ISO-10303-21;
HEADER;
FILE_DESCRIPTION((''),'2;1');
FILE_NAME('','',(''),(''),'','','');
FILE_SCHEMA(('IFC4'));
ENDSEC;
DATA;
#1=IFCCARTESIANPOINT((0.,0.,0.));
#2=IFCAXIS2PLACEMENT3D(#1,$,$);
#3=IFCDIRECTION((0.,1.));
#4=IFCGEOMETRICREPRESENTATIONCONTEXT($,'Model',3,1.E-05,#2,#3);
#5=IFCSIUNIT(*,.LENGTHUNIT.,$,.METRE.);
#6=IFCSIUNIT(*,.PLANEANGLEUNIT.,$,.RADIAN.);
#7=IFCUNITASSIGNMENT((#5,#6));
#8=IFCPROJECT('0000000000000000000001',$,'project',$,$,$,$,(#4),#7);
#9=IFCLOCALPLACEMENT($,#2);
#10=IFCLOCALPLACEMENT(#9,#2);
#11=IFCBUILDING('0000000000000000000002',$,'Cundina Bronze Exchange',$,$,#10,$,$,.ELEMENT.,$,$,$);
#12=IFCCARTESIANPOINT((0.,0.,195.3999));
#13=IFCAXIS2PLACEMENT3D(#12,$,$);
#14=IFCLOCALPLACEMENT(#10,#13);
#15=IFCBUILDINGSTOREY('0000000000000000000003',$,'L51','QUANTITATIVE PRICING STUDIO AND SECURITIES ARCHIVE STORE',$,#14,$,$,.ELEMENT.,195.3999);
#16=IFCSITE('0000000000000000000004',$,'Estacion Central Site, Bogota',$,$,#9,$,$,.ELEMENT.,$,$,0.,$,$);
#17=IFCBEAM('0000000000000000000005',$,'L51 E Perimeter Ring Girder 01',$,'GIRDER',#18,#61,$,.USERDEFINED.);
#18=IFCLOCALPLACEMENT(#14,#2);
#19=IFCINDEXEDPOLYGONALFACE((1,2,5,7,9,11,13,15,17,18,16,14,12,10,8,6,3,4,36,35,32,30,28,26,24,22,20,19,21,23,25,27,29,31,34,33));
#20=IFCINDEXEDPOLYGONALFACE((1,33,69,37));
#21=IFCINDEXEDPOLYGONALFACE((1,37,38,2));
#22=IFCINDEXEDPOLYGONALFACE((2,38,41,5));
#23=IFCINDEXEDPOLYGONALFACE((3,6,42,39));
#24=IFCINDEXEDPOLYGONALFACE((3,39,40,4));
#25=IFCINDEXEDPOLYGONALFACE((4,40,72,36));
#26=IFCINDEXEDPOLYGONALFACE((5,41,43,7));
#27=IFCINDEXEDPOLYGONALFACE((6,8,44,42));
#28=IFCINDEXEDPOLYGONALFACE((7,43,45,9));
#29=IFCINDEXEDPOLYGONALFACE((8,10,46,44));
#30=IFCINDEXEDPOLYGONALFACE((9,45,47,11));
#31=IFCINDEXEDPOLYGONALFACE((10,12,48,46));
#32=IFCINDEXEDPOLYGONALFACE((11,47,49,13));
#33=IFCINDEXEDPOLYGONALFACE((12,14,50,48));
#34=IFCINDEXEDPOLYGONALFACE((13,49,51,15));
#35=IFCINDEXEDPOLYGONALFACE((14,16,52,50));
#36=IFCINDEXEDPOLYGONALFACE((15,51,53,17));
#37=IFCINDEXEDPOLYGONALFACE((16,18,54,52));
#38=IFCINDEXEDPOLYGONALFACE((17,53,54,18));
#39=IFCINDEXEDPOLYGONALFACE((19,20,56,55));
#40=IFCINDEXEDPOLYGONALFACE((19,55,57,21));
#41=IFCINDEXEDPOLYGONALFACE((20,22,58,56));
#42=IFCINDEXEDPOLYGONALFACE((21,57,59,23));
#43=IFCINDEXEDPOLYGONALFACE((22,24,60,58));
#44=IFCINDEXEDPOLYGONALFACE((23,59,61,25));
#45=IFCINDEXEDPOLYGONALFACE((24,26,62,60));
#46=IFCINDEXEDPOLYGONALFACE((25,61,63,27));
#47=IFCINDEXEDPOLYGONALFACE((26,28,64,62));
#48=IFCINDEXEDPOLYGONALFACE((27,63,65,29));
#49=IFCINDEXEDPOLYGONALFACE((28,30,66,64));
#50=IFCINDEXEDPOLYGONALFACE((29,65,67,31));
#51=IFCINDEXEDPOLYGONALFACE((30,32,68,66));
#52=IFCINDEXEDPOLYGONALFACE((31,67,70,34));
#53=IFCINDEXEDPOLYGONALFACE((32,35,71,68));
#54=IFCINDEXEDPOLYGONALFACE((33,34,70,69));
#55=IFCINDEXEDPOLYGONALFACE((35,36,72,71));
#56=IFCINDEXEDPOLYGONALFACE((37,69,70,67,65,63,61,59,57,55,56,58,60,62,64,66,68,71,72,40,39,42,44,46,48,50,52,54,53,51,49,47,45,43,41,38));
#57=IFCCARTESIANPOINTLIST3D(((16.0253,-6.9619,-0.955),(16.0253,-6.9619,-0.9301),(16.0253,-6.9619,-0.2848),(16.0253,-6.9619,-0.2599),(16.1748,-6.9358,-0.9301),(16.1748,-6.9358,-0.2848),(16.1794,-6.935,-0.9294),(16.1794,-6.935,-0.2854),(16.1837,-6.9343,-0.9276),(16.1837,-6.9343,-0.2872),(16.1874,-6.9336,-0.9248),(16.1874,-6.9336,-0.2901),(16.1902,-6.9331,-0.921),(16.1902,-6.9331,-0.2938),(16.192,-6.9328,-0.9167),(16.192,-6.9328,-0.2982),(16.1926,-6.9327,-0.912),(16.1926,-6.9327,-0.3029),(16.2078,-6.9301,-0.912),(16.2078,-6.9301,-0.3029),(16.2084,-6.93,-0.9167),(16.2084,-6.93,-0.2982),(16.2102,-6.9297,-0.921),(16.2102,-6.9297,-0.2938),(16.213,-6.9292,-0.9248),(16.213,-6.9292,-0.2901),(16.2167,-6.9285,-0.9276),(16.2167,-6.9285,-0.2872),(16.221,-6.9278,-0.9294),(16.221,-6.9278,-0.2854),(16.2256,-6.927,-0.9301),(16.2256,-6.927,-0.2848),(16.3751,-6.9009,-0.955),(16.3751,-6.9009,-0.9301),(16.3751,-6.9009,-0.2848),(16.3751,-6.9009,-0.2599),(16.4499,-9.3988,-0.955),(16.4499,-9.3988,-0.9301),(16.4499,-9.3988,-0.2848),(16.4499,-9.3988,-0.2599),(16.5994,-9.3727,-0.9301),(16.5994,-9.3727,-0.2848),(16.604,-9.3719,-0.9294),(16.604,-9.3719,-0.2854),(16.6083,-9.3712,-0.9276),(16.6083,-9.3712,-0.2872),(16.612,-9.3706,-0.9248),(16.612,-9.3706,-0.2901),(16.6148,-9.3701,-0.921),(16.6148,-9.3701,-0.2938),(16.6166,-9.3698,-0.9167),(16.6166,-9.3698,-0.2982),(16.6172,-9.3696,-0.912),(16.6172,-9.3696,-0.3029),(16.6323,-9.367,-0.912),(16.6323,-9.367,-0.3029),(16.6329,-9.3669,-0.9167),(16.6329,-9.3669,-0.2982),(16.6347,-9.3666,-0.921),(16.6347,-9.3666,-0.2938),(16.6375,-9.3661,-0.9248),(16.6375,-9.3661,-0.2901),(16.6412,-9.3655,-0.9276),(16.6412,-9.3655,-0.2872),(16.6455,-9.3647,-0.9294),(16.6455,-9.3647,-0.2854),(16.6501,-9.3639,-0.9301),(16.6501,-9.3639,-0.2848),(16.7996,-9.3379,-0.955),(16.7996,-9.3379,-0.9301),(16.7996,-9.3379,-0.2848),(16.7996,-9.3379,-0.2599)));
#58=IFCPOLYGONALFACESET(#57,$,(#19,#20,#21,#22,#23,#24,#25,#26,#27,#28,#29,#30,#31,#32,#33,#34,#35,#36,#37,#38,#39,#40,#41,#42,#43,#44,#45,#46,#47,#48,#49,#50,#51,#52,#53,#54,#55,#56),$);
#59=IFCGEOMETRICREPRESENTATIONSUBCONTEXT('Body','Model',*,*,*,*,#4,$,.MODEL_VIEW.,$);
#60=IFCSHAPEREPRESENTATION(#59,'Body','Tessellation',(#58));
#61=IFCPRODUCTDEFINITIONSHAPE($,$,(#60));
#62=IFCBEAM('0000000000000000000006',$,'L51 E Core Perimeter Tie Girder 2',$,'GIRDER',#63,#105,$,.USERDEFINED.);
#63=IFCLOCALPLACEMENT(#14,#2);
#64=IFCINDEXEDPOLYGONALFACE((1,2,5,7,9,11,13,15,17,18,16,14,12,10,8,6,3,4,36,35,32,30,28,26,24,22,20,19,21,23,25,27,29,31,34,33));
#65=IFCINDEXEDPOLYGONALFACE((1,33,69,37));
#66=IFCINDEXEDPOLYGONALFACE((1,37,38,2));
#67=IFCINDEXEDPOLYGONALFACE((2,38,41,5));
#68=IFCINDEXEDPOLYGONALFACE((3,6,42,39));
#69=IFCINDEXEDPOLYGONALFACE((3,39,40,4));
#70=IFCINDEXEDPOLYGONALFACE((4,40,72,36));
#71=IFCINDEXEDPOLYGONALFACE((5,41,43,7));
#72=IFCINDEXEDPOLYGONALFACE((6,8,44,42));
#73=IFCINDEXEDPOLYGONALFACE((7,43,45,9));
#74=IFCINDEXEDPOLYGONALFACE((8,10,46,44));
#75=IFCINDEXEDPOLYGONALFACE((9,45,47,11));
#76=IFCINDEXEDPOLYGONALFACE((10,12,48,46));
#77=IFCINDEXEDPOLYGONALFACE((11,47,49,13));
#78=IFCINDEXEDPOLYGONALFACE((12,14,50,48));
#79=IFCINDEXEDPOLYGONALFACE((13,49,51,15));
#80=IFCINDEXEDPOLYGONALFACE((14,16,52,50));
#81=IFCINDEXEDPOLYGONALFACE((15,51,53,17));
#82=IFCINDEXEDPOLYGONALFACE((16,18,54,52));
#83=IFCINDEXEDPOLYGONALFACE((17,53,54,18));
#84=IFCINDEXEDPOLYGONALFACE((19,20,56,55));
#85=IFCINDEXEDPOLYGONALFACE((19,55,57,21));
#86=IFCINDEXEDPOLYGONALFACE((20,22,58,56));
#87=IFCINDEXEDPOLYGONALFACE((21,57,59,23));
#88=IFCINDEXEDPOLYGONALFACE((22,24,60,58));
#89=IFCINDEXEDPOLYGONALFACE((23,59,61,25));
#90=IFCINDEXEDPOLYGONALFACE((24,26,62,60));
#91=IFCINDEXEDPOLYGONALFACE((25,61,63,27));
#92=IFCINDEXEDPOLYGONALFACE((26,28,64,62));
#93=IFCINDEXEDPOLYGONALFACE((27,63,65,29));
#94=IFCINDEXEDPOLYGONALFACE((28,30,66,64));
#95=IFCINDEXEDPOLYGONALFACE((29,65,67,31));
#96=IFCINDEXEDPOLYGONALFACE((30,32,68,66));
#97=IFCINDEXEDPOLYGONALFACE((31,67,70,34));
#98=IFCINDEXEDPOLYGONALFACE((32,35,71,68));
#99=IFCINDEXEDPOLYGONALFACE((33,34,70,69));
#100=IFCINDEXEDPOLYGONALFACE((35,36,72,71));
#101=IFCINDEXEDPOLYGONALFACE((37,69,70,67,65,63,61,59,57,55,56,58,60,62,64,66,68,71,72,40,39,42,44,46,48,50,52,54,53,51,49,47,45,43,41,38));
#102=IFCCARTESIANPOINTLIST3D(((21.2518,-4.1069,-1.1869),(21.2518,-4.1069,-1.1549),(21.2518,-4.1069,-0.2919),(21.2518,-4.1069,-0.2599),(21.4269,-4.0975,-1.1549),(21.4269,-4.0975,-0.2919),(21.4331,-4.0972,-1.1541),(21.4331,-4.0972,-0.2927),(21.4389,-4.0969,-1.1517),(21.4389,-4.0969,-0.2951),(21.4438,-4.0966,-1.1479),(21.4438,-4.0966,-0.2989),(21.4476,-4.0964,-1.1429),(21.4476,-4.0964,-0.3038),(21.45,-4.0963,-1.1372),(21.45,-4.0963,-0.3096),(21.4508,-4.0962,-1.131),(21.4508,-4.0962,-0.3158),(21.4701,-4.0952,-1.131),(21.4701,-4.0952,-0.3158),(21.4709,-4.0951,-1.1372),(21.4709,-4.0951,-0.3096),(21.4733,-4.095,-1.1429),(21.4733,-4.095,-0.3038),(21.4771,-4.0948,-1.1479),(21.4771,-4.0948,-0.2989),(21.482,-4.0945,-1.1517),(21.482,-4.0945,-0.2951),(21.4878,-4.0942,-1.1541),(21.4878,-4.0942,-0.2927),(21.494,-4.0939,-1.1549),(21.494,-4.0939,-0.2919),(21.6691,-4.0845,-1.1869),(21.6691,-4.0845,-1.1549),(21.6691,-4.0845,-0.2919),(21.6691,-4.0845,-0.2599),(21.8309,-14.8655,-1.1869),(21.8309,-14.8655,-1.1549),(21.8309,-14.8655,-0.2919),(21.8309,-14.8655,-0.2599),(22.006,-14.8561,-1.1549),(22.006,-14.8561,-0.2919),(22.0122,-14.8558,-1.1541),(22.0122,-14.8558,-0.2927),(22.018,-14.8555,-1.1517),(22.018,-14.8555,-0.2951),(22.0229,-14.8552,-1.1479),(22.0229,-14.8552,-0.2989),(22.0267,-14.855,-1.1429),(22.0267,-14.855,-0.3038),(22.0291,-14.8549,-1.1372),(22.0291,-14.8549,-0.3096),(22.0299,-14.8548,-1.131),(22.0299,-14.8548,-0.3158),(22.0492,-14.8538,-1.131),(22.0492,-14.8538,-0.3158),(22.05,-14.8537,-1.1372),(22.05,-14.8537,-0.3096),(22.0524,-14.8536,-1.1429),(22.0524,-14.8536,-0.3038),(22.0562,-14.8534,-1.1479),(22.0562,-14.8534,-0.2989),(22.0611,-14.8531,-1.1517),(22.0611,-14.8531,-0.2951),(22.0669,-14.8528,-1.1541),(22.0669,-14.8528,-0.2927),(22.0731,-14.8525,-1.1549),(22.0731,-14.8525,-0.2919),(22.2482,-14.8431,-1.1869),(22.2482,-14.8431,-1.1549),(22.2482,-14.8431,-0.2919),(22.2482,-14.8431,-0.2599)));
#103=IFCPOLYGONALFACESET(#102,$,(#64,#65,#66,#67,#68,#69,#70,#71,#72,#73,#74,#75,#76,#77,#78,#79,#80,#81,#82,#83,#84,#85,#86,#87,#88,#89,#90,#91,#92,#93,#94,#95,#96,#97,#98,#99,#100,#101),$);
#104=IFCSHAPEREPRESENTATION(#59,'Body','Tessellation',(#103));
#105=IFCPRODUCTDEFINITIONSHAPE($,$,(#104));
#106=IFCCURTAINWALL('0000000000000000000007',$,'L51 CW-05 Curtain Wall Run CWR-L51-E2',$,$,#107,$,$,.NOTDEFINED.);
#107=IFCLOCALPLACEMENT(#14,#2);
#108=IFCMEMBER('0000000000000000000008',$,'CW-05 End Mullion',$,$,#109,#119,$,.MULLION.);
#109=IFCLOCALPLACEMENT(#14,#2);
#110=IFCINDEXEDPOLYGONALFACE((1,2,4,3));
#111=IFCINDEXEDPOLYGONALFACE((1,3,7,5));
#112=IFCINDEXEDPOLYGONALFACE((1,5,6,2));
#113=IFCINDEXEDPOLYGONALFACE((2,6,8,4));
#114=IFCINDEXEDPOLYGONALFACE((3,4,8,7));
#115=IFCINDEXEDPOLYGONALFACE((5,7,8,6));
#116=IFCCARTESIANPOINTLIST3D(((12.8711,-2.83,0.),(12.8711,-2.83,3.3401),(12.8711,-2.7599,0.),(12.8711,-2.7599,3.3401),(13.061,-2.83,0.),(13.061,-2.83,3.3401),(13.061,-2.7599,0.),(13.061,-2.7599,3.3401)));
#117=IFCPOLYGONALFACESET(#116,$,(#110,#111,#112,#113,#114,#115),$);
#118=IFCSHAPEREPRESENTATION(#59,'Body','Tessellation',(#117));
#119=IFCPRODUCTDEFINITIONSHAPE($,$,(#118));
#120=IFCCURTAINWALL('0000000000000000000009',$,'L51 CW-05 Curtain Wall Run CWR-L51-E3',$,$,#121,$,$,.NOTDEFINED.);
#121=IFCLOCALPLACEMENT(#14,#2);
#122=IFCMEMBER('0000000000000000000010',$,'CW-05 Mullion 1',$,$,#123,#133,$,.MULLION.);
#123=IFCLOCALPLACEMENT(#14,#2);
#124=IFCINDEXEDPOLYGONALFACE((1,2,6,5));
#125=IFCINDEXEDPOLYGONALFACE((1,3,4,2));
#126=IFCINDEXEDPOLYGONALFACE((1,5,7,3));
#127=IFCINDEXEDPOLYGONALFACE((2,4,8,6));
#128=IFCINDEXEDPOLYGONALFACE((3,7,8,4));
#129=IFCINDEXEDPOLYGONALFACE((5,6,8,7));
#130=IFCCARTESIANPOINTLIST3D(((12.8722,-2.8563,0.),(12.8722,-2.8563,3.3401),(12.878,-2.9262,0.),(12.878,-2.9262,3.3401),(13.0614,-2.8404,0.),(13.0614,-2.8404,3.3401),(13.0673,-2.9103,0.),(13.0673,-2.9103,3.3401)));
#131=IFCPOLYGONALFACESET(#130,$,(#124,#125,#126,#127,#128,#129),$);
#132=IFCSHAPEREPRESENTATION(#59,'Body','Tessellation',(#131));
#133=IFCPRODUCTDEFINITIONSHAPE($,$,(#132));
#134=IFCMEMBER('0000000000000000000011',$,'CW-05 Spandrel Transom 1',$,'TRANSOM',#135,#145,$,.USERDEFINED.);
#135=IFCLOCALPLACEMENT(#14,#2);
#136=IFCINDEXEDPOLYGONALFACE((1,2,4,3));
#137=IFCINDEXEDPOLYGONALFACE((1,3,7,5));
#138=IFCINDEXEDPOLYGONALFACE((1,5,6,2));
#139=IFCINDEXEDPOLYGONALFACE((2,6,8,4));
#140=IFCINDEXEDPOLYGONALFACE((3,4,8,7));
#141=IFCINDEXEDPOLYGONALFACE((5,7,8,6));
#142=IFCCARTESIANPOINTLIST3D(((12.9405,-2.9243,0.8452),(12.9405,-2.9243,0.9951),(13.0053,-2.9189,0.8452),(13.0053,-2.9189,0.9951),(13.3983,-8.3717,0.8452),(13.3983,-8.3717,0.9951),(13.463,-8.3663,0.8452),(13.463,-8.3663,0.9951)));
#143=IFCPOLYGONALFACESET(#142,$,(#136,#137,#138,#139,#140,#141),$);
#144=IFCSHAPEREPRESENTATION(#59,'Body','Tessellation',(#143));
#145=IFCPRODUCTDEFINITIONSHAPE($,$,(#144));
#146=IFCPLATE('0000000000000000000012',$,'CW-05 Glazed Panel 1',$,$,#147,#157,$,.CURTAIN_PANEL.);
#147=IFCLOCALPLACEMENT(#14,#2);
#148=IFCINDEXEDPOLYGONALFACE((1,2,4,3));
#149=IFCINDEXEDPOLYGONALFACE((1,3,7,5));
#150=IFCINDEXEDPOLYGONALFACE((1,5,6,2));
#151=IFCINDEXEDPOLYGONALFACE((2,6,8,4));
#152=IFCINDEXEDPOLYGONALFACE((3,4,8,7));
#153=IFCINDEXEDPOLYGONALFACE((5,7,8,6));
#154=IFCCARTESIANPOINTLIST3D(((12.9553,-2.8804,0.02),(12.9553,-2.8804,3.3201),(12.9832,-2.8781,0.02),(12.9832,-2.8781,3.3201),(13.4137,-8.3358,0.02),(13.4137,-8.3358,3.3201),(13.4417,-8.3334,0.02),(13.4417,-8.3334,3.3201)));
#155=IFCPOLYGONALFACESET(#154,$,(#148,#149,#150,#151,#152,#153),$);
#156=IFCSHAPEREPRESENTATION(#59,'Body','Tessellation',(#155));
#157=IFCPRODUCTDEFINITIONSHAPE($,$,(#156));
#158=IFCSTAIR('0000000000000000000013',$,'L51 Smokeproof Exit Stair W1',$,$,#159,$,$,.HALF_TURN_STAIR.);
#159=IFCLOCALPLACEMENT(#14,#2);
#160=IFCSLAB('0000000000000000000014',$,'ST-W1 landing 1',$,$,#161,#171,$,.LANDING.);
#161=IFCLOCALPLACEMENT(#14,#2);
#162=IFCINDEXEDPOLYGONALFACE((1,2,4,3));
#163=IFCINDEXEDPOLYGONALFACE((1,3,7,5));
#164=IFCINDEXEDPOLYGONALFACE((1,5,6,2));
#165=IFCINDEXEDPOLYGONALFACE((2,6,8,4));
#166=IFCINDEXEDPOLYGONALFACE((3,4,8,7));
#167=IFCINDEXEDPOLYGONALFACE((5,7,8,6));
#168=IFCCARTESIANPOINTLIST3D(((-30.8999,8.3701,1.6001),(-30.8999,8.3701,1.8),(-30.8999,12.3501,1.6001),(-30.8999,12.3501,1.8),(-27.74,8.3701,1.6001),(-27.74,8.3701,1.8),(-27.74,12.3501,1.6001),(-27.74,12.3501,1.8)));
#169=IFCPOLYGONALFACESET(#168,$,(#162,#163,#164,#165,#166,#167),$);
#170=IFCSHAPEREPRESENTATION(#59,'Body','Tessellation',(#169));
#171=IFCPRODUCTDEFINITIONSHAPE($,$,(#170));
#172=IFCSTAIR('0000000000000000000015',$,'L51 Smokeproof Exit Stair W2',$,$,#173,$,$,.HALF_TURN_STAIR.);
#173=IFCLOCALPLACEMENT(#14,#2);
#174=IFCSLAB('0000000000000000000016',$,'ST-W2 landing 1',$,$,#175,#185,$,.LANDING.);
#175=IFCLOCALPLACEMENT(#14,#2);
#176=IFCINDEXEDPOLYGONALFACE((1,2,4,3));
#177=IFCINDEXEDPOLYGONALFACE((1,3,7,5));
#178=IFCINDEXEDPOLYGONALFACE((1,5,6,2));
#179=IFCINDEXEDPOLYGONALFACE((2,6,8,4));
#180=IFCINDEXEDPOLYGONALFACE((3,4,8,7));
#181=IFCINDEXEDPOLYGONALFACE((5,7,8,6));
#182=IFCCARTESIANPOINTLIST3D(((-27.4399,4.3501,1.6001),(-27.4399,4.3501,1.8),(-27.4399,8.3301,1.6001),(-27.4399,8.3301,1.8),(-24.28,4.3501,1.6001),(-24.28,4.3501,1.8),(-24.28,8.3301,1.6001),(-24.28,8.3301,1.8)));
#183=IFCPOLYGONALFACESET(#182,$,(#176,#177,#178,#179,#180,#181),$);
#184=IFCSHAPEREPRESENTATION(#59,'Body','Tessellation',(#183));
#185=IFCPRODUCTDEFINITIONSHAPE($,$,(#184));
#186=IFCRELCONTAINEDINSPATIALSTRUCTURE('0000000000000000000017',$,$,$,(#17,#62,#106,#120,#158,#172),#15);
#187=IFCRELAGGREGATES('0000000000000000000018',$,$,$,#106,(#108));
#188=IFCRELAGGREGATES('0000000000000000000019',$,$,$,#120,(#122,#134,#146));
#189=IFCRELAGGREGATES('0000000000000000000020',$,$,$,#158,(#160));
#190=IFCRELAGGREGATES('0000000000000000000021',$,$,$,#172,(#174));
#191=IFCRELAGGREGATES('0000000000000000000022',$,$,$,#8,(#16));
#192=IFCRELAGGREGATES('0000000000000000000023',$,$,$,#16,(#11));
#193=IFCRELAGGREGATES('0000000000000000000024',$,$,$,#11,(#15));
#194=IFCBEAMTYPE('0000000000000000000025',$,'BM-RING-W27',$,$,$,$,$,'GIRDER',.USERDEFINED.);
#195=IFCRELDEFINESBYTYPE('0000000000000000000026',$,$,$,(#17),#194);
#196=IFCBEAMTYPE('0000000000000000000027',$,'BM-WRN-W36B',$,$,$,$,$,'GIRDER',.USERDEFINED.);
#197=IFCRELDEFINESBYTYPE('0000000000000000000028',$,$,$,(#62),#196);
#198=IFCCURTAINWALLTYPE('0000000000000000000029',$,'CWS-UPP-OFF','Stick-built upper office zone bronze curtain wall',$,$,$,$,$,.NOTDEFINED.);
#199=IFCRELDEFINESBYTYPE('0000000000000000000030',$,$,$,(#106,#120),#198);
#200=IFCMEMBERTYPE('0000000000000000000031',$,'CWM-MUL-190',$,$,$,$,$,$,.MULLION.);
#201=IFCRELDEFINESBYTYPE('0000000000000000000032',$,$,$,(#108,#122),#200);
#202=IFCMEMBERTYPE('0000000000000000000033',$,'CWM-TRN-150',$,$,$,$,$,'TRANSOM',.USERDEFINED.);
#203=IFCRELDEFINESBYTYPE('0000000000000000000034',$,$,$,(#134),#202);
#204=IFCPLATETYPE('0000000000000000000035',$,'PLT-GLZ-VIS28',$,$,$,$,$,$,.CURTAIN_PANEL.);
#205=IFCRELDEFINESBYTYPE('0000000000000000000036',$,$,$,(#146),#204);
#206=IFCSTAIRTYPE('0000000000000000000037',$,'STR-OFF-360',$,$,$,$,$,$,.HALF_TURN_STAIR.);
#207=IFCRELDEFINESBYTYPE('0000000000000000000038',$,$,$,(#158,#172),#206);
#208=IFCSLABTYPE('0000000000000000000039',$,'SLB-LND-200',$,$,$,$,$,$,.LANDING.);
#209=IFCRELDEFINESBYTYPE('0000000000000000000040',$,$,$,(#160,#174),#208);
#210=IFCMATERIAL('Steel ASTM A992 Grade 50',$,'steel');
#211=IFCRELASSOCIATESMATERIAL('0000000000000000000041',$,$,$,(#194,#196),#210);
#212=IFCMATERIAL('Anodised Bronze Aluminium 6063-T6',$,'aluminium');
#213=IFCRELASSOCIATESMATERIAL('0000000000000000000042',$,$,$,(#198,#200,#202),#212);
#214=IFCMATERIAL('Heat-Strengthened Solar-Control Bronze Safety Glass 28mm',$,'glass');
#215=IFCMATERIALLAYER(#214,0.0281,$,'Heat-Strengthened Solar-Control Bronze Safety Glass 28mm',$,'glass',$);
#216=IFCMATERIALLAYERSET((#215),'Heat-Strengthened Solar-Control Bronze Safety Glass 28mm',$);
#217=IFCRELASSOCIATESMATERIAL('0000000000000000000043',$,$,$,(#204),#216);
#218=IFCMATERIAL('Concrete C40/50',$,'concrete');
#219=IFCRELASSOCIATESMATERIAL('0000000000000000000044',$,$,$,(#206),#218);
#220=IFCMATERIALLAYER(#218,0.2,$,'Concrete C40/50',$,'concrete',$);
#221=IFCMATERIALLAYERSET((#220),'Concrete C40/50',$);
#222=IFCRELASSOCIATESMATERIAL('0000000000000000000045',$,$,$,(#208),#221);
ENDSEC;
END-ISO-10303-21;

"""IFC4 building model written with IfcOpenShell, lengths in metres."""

from ifc_helpers import new_model, si_unit, direction, frame, origin, origin_2d, place, context, subcontext, project, spatial, polyline, rectangle, i_section, outline, extrude, material, layer, layer_set, material_profile, profile_set, type_object, element, aggregate, save


model = new_model("IFC4")

# Units and contexts
model_context = context("Model", 3, precision=1e-05, world=origin(), true_north=direction((0.0, 1.0)))
body_context = subcontext(model_context, "Body", "Model", "MODEL_VIEW")
ifc_project = project(units=[si_unit("LENGTHUNIT", "METRE"), si_unit("PLANEANGLEUNIT", "RADIAN")], contexts=[model_context])

# Site, building, storey
site_placement = place(None, origin())
site = spatial("IfcSite", under=ifc_project, at=site_placement, Name="Estacion Central Site, Bogota", CompositionType="ELEMENT", RefElevation=0.0)
building_placement = place(site_placement, origin())
building = spatial("IfcBuilding", under=site, at=building_placement, Name="Cundina Bronze Exchange", CompositionType="ELEMENT")
storey_placement = place(building_placement, frame((0.0, 0.0, 195.3999)))
storey = spatial("IfcBuildingStorey", under=building, at=storey_placement, Name="L51", Description="QUANTITATIVE PRICING STUDIO AND SECURITIES ARCHIVE STORE", CompositionType="ELEMENT", Elevation=195.3999)

# Shared definitions
ifc_material_1 = material(Name="Steel ASTM A992 Grade 50", Category="steel")

# Beams
ifc_material_profile_1 = material_profile(ifc_material_1, i_section(OverallWidth=0.355, OverallDepth=0.6951, WebThickness=0.0154, FlangeThickness=0.0249, FilletRadius=0.0181, at=origin_2d()), Name="W27X146", Category="steel")
ifc_profile_set_1 = profile_set([ifc_material_profile_1], Name="Steel ASTM A992 Grade 50")
beam_type_1 = type_object("IfcBeamType", Name="BM-RING-W27", ElementType="GIRDER", PredefinedType="USERDEFINED", material=ifc_profile_set_1)
for number, where, z_axis, x_axis, name in (
    (1, (16.2002, -6.9314, -0.6074), (0.171629, -0.985162, 0.0), (0.985162, 0.171629, 0.0), "L51 E Perimeter Ring Girder 01"),
):
    element("IfcBeam", number, at=place(storey_placement, frame(where, z_axis=z_axis, x_axis=x_axis)), inside=storey, type_object=beam_type_1, Name=name, ObjectType="GIRDER", PredefinedType="USERDEFINED", context=body_context, shape_type="SweptSolid", body=[
        extrude(i_section(OverallWidth=0.355, OverallDepth=0.6951, WebThickness=0.0154, FlangeThickness=0.0249, FilletRadius=0.0181, at=origin_2d()), origin(), (0.0, 0.0, 1.0), 2.4736),
    ])
ifc_material_profile_2 = material_profile(ifc_material_1, i_section(OverallWidth=0.418, OverallDepth=0.927, WebThickness=0.0193, FlangeThickness=0.032, FilletRadius=0.0239, at=origin_2d()), Name="W36X231", Category="steel")
ifc_profile_set_2 = profile_set([ifc_material_profile_2], Name="Steel ASTM A992 Grade 50")
beam_type_2 = type_object("IfcBeamType", Name="BM-WRN-W36B", ElementType="GIRDER", PredefinedType="USERDEFINED", material=ifc_profile_set_2)
beam_1_placement = place(storey_placement, frame((21.4604, -4.0957, -0.7234), z_axis=(0.053749, -0.998554, 0.0), x_axis=(0.998554, 0.053749, 0.0)))
element("IfcBeam", 2, at=beam_1_placement, inside=storey, type_object=beam_type_2, Name="L51 E Core Perimeter Tie Girder 2", ObjectType="GIRDER", PredefinedType="USERDEFINED", context=body_context, shape_type="SweptSolid", body=[
    extrude(i_section(OverallWidth=0.418, OverallDepth=0.927, WebThickness=0.0193, FlangeThickness=0.032, FilletRadius=0.0239, at=origin_2d()), origin(), (0.0, 0.0, 1.0), 10.7742),
])

# Curtain wall, member
ifc_material_2 = material(Name="Anodised Bronze Aluminium 6063-T6", Category="aluminium")
curtain_wall_type = type_object("IfcCurtainWallType", Name="CWS-UPP-OFF", Description="Stick-built upper office zone bronze curtain wall", PredefinedType="NOTDEFINED", material=ifc_material_2)
curtain_wall_1_placement = place(storey_placement, origin())
curtain_wall_1 = element("IfcCurtainWall", 3, at=curtain_wall_1_placement, inside=storey, type_object=curtain_wall_type, Name="L51 CW-05 Curtain Wall Run CWR-L51-E2", PredefinedType="NOTDEFINED")
ifc_material_profile_3 = material_profile(ifc_material_2, rectangle(XDim=0.0701, YDim=0.1899, at=origin_2d()), Name="AL70X190", Category="aluminium")
ifc_profile_set_3 = profile_set([ifc_material_profile_3], Name="Anodised Bronze Aluminium 6063-T6")
member_type_1 = type_object("IfcMemberType", Name="CWM-MUL-190", PredefinedType="MULLION", material=ifc_profile_set_3)
member_1_placement = place(storey_placement, frame((12.9661, -2.7949, 0.0), z_axis=(0.0, 0.0, 1.0), x_axis=(0.0, -1.0, 0.0)))
member_1 = element("IfcMember", 4, at=member_1_placement, type_object=member_type_1, Name="CW-05 End Mullion", PredefinedType="MULLION", context=body_context, shape_type="SweptSolid", body=[
    extrude(rectangle(XDim=0.0701, YDim=0.1899, at=origin_2d()), origin(), (0.0, 0.0, 1.0), 3.3401),
])
aggregate(curtain_wall_1, [member_1])

# Curtain wall, members, plate
curtain_wall_2_placement = place(storey_placement, origin())
curtain_wall_2 = element("IfcCurtainWall", 5, at=curtain_wall_2_placement, inside=storey, type_object=curtain_wall_type, Name="L51 CW-05 Curtain Wall Run CWR-L51-E3", PredefinedType="NOTDEFINED")
member_2_placement = place(storey_placement, frame((12.9697, -2.8833, 0.0), z_axis=(0.0, 0.0, 1.0), x_axis=(0.083678, -0.996493, 0.0)))
member_2 = element("IfcMember", 6, at=member_2_placement, type_object=member_type_1, Name="CW-05 Mullion 1", PredefinedType="MULLION", context=body_context, shape_type="SweptSolid", body=[
    extrude(rectangle(XDim=0.0701, YDim=0.1899, at=origin_2d()), origin(), (0.0, 0.0, 1.0), 3.3401),
])
ifc_material_profile_4 = material_profile(ifc_material_2, rectangle(XDim=0.0649, YDim=0.1499, at=origin_2d()), Name="AL65X150", Category="aluminium")
ifc_profile_set_4 = profile_set([ifc_material_profile_4], Name="Anodised Bronze Aluminium 6063-T6")
member_type_2 = type_object("IfcMemberType", Name="CWM-TRN-150", ElementType="TRANSOM", PredefinedType="USERDEFINED", material=ifc_profile_set_4)
member_3_placement = place(storey_placement, frame((12.9729, -2.9216, 0.9202), z_axis=(0.08374, -0.996488, 0.0), x_axis=(0.996488, 0.08374, 0.0)))
member_3 = element("IfcMember", 7, at=member_3_placement, type_object=member_type_2, Name="CW-05 Spandrel Transom 1", ObjectType="TRANSOM", PredefinedType="USERDEFINED", context=body_context, shape_type="SweptSolid", body=[
    extrude(rectangle(XDim=0.0649, YDim=0.1499, at=origin_2d()), origin(), (0.0, 0.0, 1.0), 5.4666),
])
ifc_material_3 = material(Name="Heat-Strengthened Solar-Control Bronze Safety Glass 28mm", Category="glass")
ifc_layer_1 = layer(ifc_material_3, 0.0281, Name="Heat-Strengthened Solar-Control Bronze Safety Glass 28mm", Category="glass")
ifc_layer_set_1 = layer_set([ifc_layer_1], Name="Heat-Strengthened Solar-Control Bronze Safety Glass 28mm")
plate_type = type_object("IfcPlateType", Name="PLT-GLZ-VIS28", PredefinedType="CURTAIN_PANEL", material=ifc_layer_set_1)
plate_placement = place(storey_placement, frame((13.1985, -5.6069, 0.02), z_axis=(0.0, 0.0, 1.0), x_axis=(0.083747, -0.996487, 0.0)))
plate = element("IfcPlate", 8, at=plate_placement, type_object=plate_type, Name="CW-05 Glazed Panel 1", PredefinedType="CURTAIN_PANEL", context=body_context, shape_type="SweptSolid", body=[
    extrude(rectangle(XDim=5.4746, YDim=0.0281, at=origin_2d()), origin(), (0.0, 0.0, 1.0), 3.3),
])
aggregate(curtain_wall_2, [member_2, member_3, plate])

# Stairs, slabs
ifc_material_4 = material(Name="Concrete C40/50", Category="concrete")
stair_type = type_object("IfcStairType", Name="STR-OFF-360", PredefinedType="HALF_TURN_STAIR", material=ifc_material_4)
stair_1_placement = place(storey_placement, origin())
stair_1 = element("IfcStair", 9, at=stair_1_placement, inside=storey, type_object=stair_type, Name="L51 Smokeproof Exit Stair W1", PredefinedType="HALF_TURN_STAIR")
ifc_layer_2 = layer(ifc_material_4, 0.2, Name="Concrete C40/50", Category="concrete")
ifc_layer_set_2 = layer_set([ifc_layer_2], Name="Concrete C40/50")
slab_type_1 = type_object("IfcSlabType", Name="SLB-LND-200", PredefinedType="LANDING", material=ifc_layer_set_2)
slab_1_placement = place(storey_placement, frame((0.0, 0.0, 1.6001)))
slab_1 = element("IfcSlab", 10, at=slab_1_placement, type_object=slab_type_1, Name="ST-W1 landing 1", PredefinedType="LANDING", context=body_context, shape_type="SweptSolid", body=[
    extrude(outline(polyline([(-27.74, 8.3701), (-27.74, 12.3501), (-30.8999, 12.3501), (-30.8999, 8.3701), (-27.74, 8.3701)])), origin(), (0.0, 0.0, 1.0), 0.2),
])
aggregate(stair_1, [slab_1])
stair_2_placement = place(storey_placement, origin())
stair_2 = element("IfcStair", 11, at=stair_2_placement, inside=storey, type_object=stair_type, Name="L51 Smokeproof Exit Stair W2", PredefinedType="HALF_TURN_STAIR")
slab_2_placement = place(storey_placement, frame((0.0, 0.0, 1.6001)))
slab_2 = element("IfcSlab", 12, at=slab_2_placement, type_object=slab_type_1, Name="ST-W2 landing 1", PredefinedType="LANDING", context=body_context, shape_type="SweptSolid", body=[
    extrude(outline(polyline([(-27.4399, 8.3301), (-27.4399, 4.3501), (-24.28, 4.3501), (-24.28, 8.3301), (-27.4399, 8.3301)])), origin(), (0.0, 0.0, 1.0), 0.2),
])
aggregate(stair_2, [slab_2])

save(model, "model.ifc")
